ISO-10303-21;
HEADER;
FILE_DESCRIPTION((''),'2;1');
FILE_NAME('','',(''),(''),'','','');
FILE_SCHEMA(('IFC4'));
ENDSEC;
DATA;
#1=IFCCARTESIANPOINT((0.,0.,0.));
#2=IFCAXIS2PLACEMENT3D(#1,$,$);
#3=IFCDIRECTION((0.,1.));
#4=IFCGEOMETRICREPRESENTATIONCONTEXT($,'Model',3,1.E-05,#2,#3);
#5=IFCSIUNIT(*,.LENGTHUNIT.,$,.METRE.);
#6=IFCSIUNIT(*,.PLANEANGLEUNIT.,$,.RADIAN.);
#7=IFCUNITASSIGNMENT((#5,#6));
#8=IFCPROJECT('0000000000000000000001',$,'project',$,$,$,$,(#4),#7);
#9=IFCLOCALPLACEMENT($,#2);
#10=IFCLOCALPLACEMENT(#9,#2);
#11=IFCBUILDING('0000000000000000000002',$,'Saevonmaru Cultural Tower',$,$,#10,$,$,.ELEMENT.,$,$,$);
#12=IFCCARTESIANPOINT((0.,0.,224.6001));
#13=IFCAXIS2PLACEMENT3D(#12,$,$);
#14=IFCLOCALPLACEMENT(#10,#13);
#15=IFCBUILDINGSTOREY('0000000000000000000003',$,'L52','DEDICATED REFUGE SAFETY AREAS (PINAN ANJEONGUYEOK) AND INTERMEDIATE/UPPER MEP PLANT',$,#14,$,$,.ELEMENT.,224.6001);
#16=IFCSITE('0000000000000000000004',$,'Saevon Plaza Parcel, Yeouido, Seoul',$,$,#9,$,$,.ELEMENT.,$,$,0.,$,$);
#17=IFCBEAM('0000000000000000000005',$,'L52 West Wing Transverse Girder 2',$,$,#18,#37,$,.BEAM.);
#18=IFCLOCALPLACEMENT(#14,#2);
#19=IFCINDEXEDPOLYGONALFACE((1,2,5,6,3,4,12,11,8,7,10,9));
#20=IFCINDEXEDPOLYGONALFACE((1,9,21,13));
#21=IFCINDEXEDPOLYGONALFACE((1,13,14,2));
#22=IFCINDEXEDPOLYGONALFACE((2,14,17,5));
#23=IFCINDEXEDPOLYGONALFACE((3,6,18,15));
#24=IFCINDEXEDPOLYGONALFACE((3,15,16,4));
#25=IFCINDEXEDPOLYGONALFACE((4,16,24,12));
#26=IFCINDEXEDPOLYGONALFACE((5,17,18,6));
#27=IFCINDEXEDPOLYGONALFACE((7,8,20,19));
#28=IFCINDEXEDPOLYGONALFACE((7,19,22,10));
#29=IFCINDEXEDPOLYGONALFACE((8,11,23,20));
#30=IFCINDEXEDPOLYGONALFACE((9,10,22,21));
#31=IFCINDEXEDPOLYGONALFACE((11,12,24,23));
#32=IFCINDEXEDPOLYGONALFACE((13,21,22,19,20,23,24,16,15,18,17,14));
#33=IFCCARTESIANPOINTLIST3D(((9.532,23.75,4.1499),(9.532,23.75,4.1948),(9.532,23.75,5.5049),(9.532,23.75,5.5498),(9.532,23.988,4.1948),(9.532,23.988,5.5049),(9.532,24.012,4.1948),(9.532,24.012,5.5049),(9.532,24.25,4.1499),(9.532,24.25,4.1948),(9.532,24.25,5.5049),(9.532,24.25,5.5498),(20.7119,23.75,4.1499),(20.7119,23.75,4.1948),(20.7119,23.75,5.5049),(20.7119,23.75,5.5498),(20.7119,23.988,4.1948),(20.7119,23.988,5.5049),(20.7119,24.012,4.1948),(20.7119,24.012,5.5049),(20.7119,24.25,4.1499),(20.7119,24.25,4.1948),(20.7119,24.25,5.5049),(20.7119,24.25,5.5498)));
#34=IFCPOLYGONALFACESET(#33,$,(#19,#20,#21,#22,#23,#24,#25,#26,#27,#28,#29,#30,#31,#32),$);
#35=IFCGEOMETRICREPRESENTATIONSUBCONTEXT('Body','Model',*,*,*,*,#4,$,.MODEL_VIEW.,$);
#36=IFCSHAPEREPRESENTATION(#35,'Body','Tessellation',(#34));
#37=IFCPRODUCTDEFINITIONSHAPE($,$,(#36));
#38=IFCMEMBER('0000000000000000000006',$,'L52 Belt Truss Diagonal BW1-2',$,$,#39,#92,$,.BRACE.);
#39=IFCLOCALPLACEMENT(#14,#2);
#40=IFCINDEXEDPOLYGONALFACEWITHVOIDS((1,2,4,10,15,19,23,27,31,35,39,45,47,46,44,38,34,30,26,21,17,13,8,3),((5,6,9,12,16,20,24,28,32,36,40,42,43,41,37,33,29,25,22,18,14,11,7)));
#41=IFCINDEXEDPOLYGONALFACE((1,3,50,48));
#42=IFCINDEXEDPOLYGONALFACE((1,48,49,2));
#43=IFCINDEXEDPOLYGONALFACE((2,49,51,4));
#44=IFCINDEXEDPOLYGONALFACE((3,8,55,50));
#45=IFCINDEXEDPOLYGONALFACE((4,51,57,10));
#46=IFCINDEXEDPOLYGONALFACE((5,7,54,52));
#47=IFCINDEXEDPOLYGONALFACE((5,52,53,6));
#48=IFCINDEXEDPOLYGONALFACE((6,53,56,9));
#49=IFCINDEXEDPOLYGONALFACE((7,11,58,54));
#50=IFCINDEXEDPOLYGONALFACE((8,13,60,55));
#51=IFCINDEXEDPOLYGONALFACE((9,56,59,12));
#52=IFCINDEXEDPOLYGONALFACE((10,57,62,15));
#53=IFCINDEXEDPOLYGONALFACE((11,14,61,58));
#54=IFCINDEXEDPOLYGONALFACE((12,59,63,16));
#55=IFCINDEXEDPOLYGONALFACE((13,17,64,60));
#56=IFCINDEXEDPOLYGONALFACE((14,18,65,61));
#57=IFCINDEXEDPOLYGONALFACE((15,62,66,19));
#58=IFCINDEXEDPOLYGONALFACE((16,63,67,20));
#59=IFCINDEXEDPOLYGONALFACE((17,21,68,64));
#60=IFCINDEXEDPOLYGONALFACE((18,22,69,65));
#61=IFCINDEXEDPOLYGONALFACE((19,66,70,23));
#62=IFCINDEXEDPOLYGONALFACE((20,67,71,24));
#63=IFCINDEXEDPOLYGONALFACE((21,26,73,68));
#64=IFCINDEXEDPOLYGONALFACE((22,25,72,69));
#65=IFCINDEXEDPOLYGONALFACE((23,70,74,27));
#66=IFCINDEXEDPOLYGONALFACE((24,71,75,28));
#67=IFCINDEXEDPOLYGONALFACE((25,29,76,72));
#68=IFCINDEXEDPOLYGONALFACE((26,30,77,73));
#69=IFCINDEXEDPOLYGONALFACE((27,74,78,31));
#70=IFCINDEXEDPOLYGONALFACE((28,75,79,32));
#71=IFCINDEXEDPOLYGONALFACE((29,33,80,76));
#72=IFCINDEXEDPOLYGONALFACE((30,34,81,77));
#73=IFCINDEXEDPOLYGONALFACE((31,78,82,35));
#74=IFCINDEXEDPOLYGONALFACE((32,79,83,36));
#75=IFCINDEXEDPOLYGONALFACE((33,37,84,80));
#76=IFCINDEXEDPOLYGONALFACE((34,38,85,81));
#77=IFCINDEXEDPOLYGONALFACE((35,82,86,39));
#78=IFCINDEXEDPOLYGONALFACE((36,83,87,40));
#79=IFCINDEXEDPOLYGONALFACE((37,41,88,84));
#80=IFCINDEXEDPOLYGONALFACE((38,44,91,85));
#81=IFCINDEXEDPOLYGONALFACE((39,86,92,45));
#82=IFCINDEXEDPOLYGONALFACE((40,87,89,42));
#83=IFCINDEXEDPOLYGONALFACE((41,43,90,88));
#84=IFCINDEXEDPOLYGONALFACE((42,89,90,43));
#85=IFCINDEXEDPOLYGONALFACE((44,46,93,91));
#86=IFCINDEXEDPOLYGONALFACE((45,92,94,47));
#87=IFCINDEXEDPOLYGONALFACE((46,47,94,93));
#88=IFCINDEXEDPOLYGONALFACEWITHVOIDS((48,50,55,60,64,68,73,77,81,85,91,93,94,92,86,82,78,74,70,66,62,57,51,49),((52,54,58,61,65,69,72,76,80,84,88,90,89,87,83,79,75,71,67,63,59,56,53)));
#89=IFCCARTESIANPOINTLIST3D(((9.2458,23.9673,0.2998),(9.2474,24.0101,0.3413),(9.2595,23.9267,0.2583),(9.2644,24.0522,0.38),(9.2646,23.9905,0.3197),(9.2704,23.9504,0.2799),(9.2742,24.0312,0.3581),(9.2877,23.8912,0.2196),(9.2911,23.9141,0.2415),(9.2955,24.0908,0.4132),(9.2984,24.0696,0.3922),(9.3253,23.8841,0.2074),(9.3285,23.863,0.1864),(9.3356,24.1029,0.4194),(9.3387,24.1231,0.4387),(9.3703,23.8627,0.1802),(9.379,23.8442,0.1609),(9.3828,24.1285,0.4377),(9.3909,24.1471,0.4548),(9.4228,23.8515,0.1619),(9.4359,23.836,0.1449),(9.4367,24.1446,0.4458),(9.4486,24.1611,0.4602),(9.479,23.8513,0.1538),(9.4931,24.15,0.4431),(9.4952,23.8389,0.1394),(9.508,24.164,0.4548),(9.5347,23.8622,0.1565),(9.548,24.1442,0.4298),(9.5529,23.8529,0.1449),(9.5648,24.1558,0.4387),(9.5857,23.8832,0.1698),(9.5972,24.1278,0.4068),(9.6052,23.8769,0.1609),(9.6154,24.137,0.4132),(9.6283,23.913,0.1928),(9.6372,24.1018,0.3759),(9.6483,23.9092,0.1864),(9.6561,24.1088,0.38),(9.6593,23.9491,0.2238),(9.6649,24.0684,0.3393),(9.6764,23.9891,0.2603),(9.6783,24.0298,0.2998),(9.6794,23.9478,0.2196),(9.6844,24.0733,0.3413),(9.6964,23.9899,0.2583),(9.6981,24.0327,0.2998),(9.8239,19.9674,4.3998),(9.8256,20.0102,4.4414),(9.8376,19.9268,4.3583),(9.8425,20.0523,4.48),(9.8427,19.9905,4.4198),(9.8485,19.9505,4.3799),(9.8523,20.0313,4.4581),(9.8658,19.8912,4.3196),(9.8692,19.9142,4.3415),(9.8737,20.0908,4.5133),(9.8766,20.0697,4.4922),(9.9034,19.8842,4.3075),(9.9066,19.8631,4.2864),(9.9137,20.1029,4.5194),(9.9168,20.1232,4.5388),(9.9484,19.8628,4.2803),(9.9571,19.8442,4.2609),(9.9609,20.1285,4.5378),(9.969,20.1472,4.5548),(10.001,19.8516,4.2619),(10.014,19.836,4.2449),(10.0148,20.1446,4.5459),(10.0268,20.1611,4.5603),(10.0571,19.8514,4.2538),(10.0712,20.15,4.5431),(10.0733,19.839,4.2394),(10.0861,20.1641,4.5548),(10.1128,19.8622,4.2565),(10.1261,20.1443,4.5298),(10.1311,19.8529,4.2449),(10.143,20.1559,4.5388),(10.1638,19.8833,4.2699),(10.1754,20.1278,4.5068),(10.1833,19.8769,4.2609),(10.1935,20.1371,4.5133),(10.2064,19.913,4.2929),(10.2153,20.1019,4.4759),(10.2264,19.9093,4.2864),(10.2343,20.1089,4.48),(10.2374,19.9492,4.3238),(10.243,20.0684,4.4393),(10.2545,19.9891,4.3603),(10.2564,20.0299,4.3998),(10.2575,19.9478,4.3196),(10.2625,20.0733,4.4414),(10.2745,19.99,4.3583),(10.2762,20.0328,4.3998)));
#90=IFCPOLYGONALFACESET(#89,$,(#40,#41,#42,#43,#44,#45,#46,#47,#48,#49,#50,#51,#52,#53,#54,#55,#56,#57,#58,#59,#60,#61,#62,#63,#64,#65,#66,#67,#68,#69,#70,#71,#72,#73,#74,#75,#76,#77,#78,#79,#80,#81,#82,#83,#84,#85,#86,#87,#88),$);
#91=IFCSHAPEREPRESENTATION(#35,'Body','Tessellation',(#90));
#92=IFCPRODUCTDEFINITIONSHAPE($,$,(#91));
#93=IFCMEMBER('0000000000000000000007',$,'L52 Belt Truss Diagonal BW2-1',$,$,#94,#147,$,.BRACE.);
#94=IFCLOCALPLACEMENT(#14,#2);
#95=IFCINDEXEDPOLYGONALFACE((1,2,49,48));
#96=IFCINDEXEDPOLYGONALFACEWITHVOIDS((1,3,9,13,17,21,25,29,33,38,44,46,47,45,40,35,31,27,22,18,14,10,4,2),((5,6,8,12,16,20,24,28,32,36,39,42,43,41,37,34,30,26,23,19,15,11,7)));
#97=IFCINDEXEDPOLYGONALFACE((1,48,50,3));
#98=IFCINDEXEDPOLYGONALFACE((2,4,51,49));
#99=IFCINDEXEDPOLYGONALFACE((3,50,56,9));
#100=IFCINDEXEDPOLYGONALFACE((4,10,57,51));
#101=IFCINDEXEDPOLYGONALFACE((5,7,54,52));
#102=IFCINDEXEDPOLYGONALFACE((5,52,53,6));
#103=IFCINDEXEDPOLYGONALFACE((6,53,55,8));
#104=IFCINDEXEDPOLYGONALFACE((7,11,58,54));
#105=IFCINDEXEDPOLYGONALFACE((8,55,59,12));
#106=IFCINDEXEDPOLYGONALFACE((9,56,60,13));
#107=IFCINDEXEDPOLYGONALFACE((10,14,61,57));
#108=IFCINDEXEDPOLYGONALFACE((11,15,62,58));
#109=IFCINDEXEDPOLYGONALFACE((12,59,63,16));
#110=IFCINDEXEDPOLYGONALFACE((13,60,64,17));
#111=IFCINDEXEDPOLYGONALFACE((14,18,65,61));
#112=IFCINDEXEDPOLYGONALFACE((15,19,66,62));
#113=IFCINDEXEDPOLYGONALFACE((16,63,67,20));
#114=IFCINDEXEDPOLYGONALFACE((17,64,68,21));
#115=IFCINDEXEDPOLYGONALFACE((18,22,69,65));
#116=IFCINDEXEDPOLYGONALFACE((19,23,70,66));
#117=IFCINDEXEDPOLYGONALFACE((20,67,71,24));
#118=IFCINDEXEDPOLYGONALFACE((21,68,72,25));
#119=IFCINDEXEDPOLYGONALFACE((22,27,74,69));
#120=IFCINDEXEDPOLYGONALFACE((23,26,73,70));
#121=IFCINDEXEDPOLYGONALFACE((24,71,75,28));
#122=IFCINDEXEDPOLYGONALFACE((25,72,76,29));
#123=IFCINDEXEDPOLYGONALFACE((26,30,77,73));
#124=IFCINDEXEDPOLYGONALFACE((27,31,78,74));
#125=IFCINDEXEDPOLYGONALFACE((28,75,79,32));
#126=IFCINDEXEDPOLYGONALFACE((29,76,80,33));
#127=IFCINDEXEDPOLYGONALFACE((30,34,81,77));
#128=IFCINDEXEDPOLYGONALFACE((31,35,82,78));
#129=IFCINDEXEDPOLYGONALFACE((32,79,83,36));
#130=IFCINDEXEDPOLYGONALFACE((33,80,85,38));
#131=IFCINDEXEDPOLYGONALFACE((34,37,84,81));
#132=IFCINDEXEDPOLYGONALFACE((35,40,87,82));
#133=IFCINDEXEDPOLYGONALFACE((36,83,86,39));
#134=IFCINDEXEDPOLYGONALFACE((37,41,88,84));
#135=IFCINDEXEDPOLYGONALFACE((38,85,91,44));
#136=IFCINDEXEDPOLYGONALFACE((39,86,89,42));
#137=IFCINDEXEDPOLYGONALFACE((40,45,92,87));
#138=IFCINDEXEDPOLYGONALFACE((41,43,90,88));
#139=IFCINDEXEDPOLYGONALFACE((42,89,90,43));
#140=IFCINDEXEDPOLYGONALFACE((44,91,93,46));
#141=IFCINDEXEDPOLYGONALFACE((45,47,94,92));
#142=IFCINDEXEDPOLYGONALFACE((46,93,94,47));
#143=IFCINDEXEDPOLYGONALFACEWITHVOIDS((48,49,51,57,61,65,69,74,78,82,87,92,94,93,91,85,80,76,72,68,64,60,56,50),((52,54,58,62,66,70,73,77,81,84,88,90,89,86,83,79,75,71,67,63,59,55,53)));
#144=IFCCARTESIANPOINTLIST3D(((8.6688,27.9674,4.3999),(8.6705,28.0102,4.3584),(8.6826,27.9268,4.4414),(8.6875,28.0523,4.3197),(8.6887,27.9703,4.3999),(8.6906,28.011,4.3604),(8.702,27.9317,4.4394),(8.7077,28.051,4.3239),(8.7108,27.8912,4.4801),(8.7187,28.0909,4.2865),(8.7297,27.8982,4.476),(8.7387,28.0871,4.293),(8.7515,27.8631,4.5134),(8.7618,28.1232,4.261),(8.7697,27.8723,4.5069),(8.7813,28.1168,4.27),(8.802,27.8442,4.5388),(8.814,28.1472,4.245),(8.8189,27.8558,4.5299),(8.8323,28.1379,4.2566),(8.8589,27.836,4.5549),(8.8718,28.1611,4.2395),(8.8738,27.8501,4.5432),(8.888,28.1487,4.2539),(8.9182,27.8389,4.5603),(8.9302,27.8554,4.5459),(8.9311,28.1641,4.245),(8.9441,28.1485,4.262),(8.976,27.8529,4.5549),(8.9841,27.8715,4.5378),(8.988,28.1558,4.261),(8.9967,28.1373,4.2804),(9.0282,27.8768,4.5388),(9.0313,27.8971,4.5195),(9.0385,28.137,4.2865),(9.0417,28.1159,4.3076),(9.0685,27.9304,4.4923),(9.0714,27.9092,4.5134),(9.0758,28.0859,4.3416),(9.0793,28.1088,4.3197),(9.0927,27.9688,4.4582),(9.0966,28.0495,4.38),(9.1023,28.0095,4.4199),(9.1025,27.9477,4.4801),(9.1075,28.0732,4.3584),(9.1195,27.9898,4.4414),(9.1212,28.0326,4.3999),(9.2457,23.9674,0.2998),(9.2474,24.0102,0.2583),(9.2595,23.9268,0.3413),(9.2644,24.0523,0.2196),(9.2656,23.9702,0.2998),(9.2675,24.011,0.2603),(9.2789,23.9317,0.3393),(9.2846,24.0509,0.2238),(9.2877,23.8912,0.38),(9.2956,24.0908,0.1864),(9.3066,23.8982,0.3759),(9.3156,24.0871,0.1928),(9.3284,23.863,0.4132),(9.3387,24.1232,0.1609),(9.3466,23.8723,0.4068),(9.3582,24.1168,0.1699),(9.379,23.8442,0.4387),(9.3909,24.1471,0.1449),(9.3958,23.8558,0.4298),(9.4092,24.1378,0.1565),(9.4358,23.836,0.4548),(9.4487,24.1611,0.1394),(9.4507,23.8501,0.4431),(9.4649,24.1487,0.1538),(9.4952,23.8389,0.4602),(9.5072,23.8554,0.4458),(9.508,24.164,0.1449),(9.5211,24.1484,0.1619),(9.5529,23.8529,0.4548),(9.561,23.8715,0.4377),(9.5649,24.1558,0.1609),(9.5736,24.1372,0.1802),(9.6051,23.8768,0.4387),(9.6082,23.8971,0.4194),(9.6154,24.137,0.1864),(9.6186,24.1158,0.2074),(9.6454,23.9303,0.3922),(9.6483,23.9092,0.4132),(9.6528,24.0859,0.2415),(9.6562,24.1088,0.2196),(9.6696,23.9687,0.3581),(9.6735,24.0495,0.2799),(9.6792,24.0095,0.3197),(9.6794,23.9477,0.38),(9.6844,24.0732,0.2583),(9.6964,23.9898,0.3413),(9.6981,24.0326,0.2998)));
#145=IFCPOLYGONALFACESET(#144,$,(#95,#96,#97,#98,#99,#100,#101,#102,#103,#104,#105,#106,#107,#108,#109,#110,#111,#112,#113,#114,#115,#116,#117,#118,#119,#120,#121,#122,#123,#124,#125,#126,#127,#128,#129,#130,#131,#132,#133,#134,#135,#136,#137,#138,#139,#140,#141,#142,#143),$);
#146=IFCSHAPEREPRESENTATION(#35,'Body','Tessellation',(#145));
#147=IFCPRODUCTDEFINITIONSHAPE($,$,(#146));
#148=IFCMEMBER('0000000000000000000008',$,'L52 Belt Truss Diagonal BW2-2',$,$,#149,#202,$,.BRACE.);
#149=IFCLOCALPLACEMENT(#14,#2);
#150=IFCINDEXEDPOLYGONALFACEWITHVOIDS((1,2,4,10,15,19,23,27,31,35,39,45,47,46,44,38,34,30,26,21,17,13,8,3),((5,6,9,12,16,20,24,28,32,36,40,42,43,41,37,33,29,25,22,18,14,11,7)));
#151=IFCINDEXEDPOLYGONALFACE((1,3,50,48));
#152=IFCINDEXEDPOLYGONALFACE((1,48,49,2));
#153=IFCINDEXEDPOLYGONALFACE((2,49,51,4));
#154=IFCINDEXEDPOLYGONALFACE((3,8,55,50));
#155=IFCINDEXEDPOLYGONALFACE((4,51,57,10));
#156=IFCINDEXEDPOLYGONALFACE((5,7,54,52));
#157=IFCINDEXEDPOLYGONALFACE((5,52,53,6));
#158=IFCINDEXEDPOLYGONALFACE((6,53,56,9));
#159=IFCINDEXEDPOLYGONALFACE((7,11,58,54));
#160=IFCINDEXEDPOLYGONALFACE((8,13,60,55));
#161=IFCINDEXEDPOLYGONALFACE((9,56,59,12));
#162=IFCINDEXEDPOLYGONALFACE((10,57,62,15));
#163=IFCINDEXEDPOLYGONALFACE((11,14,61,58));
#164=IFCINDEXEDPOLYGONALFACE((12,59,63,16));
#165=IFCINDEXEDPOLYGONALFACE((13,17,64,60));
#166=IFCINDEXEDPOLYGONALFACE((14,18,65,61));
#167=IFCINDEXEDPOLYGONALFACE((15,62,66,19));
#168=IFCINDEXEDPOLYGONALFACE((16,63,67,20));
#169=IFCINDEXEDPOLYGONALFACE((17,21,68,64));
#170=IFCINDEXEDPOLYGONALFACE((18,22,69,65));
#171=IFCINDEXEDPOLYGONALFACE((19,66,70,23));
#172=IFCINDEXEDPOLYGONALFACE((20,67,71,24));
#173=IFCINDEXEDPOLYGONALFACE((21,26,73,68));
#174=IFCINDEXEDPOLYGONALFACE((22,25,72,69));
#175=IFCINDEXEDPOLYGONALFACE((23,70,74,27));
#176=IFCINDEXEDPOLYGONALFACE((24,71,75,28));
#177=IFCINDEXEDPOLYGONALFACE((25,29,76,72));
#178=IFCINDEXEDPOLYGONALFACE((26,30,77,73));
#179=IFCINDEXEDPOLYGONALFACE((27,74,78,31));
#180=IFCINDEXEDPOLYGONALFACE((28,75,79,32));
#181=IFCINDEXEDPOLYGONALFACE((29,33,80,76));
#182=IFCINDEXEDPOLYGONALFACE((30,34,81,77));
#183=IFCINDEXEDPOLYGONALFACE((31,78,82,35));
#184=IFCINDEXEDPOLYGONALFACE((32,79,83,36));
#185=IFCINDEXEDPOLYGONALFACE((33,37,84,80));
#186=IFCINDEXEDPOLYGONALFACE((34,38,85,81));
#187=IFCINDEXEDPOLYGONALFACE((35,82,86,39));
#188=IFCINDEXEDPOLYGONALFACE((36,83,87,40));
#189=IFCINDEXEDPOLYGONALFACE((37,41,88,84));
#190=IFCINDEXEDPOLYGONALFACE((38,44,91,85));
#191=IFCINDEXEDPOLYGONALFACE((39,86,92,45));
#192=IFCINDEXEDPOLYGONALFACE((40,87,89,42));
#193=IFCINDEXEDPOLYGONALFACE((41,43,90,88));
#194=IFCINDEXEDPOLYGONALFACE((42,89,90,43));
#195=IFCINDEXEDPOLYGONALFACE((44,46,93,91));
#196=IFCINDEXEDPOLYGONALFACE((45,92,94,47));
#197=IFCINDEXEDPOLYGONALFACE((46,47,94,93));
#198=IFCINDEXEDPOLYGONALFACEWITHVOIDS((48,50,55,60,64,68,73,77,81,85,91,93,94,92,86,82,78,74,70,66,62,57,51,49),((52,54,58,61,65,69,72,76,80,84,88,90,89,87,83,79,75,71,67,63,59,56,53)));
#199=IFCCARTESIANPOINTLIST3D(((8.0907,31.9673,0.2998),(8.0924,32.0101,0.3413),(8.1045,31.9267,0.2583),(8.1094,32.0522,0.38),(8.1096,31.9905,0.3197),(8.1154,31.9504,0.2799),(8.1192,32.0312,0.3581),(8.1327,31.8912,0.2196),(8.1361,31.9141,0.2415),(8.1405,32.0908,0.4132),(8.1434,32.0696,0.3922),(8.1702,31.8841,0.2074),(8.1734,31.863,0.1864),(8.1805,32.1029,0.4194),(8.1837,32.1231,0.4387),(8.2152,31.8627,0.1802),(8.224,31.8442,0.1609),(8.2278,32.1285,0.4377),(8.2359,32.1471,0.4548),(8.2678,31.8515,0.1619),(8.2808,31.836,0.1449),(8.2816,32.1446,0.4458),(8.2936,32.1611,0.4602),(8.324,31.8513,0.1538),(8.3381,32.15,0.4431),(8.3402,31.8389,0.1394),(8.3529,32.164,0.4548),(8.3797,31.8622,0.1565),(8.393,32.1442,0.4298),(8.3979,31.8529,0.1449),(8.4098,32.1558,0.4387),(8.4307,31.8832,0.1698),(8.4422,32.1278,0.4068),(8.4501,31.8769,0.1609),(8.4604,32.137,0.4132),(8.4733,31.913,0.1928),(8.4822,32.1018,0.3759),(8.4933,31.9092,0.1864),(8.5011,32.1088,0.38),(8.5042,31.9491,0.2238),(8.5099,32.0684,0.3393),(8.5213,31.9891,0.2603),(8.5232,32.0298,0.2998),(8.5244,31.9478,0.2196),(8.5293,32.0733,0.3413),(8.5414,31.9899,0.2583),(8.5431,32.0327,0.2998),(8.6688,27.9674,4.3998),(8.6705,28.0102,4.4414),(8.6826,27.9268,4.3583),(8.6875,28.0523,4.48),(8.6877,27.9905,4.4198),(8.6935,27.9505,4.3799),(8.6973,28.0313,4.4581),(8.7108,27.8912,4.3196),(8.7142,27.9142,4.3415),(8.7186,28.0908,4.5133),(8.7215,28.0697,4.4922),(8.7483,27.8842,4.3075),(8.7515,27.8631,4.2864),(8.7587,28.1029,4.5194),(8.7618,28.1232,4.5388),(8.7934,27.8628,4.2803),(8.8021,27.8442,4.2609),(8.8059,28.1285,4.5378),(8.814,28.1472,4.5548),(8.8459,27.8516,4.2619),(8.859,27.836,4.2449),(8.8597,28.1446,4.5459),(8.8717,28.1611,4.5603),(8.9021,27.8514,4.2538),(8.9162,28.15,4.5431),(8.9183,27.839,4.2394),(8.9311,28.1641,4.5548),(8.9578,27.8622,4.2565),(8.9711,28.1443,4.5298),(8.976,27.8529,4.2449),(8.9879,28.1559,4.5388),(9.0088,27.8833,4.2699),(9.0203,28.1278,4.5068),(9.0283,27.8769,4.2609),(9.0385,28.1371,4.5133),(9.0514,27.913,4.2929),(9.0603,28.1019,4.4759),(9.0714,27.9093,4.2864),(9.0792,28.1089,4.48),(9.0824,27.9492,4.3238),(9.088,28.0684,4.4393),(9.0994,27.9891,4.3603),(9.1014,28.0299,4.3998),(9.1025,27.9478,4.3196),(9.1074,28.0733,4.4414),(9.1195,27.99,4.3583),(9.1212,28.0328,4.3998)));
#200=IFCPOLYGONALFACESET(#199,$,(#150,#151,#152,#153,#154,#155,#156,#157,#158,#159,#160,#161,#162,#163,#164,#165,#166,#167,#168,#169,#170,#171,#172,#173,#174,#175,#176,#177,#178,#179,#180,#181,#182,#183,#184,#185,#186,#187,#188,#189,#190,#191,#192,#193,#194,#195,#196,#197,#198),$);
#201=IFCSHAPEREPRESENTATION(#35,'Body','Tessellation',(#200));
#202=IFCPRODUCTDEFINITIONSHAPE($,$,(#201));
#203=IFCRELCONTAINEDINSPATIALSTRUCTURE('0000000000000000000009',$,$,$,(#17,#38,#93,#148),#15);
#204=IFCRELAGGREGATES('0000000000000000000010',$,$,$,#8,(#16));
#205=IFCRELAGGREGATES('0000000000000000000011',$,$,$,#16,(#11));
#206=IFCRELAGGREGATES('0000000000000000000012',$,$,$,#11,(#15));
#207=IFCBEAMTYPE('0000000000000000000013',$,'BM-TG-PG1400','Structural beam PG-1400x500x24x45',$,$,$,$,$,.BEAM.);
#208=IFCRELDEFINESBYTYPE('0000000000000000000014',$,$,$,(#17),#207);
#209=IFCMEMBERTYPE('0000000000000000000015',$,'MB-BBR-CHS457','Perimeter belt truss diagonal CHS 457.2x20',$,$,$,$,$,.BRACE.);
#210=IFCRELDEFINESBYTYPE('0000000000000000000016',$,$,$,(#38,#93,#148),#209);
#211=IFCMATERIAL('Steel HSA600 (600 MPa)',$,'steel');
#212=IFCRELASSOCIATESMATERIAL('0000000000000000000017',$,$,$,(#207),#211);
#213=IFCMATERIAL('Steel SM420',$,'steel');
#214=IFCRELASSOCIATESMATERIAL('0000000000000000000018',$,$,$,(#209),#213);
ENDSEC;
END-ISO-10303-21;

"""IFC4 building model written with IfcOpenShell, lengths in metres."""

from ifc_helpers import new_model, si_unit, direction, frame, origin, origin_2d, place, context, subcontext, project, spatial, hollow_circle, i_section, extrude, material, material_profile, profile_set, type_object, element, save


model = new_model("IFC4")

# Units and contexts
model_context = context("Model", 3, precision=1e-05, world=origin(), true_north=direction((0.0, 1.0)))
body_context = subcontext(model_context, "Body", "Model", "MODEL_VIEW")
ifc_project = project(units=[si_unit("LENGTHUNIT", "METRE"), si_unit("PLANEANGLEUNIT", "RADIAN")], contexts=[model_context])

# Site, building, storey
site_placement = place(None, origin())
site = spatial("IfcSite", under=ifc_project, at=site_placement, Name="Saevon Plaza Parcel, Yeouido, Seoul", CompositionType="ELEMENT", RefElevation=0.0)
building_placement = place(site_placement, origin())
building = spatial("IfcBuilding", under=site, at=building_placement, Name="Saevonmaru Cultural Tower", CompositionType="ELEMENT")
storey_placement = place(building_placement, frame((0.0, 0.0, 224.6001)))
storey = spatial("IfcBuildingStorey", under=building, at=storey_placement, Name="L52", Description="DEDICATED REFUGE SAFETY AREAS (PINAN ANJEONGUYEOK) AND INTERMEDIATE/UPPER MEP PLANT", CompositionType="ELEMENT", Elevation=224.6001)

# Shared definitions
ifc_material_1 = material(Name="Steel SM420", Category="steel")

# Beam
ifc_material_2 = material(Name="Steel HSA600 (600 MPa)", Category="steel")
ifc_material_profile_1 = material_profile(ifc_material_2, i_section(OverallWidth=0.5, OverallDepth=1.3999, WebThickness=0.0239, FlangeThickness=0.0449, at=origin_2d()), Name="PG-1400x500x24x45")
ifc_profile_set_1 = profile_set([ifc_material_profile_1], Name="Steel HSA600 (600 MPa)")
beam_type_1 = type_object("IfcBeamType", Name="BM-TG-PG1400", Description="Structural beam PG-1400x500x24x45", PredefinedType="BEAM", material=ifc_profile_set_1)
beam_1_placement = place(storey_placement, frame((9.532, 24.0, 4.8499), z_axis=(1.0, 0.0, 0.0), x_axis=(0.0, 1.0, 0.0)))
element("IfcBeam", 1, at=beam_1_placement, inside=storey, type_object=beam_type_1, Name="L52 West Wing Transverse Girder 2", PredefinedType="BEAM", context=body_context, shape_type="SweptSolid", body=[
    extrude(i_section(OverallWidth=0.5, OverallDepth=1.3999, WebThickness=0.0239, FlangeThickness=0.0449, at=origin_2d()), origin(), (0.0, 0.0, 1.0), 11.1799),
])

# Members
ifc_material_profile_2 = material_profile(ifc_material_1, hollow_circle(Radius=0.2285, WallThickness=0.02, at=origin_2d()), Name="CHS-457.2x20")
ifc_profile_set_2 = profile_set([ifc_material_profile_2], Name="Steel SM420")
member_type_1 = type_object("IfcMemberType", Name="MB-BBR-CHS457", Description="Perimeter belt truss diagonal CHS 457.2x20", PredefinedType="BRACE", material=ifc_profile_set_2)
for number, where, z_axis, x_axis, name in (
    (2, (9.4719, 24.0, 0.2998), (0.100418, -0.694786, 0.712172), (0.989716, 0.143045, 0.0), "L52 Belt Truss Diagonal BW1-2"),
    (3, (9.4719, 24.0, 0.2998), (-0.100208, 0.6948, 0.712187), (-0.989759, -0.142749, 0.0), "L52 Belt Truss Diagonal BW2-1"),
    (4, (8.3169, 32.0, 0.2998), (0.100418, -0.694786, 0.712172), (0.989716, 0.143045, 0.0), "L52 Belt Truss Diagonal BW2-2"),
):
    element("IfcMember", number, at=place(storey_placement, frame(where, z_axis=z_axis, x_axis=x_axis)), inside=storey, type_object=member_type_1, Name=name, PredefinedType="BRACE", context=body_context, shape_type="SweptSolid", body=[
        extrude(hollow_circle(Radius=0.2285, WallThickness=0.02, at=origin_2d()), origin(), (0.0, 0.0, 1.0), 5.7571),
    ])

save(model, "model.ifc")
